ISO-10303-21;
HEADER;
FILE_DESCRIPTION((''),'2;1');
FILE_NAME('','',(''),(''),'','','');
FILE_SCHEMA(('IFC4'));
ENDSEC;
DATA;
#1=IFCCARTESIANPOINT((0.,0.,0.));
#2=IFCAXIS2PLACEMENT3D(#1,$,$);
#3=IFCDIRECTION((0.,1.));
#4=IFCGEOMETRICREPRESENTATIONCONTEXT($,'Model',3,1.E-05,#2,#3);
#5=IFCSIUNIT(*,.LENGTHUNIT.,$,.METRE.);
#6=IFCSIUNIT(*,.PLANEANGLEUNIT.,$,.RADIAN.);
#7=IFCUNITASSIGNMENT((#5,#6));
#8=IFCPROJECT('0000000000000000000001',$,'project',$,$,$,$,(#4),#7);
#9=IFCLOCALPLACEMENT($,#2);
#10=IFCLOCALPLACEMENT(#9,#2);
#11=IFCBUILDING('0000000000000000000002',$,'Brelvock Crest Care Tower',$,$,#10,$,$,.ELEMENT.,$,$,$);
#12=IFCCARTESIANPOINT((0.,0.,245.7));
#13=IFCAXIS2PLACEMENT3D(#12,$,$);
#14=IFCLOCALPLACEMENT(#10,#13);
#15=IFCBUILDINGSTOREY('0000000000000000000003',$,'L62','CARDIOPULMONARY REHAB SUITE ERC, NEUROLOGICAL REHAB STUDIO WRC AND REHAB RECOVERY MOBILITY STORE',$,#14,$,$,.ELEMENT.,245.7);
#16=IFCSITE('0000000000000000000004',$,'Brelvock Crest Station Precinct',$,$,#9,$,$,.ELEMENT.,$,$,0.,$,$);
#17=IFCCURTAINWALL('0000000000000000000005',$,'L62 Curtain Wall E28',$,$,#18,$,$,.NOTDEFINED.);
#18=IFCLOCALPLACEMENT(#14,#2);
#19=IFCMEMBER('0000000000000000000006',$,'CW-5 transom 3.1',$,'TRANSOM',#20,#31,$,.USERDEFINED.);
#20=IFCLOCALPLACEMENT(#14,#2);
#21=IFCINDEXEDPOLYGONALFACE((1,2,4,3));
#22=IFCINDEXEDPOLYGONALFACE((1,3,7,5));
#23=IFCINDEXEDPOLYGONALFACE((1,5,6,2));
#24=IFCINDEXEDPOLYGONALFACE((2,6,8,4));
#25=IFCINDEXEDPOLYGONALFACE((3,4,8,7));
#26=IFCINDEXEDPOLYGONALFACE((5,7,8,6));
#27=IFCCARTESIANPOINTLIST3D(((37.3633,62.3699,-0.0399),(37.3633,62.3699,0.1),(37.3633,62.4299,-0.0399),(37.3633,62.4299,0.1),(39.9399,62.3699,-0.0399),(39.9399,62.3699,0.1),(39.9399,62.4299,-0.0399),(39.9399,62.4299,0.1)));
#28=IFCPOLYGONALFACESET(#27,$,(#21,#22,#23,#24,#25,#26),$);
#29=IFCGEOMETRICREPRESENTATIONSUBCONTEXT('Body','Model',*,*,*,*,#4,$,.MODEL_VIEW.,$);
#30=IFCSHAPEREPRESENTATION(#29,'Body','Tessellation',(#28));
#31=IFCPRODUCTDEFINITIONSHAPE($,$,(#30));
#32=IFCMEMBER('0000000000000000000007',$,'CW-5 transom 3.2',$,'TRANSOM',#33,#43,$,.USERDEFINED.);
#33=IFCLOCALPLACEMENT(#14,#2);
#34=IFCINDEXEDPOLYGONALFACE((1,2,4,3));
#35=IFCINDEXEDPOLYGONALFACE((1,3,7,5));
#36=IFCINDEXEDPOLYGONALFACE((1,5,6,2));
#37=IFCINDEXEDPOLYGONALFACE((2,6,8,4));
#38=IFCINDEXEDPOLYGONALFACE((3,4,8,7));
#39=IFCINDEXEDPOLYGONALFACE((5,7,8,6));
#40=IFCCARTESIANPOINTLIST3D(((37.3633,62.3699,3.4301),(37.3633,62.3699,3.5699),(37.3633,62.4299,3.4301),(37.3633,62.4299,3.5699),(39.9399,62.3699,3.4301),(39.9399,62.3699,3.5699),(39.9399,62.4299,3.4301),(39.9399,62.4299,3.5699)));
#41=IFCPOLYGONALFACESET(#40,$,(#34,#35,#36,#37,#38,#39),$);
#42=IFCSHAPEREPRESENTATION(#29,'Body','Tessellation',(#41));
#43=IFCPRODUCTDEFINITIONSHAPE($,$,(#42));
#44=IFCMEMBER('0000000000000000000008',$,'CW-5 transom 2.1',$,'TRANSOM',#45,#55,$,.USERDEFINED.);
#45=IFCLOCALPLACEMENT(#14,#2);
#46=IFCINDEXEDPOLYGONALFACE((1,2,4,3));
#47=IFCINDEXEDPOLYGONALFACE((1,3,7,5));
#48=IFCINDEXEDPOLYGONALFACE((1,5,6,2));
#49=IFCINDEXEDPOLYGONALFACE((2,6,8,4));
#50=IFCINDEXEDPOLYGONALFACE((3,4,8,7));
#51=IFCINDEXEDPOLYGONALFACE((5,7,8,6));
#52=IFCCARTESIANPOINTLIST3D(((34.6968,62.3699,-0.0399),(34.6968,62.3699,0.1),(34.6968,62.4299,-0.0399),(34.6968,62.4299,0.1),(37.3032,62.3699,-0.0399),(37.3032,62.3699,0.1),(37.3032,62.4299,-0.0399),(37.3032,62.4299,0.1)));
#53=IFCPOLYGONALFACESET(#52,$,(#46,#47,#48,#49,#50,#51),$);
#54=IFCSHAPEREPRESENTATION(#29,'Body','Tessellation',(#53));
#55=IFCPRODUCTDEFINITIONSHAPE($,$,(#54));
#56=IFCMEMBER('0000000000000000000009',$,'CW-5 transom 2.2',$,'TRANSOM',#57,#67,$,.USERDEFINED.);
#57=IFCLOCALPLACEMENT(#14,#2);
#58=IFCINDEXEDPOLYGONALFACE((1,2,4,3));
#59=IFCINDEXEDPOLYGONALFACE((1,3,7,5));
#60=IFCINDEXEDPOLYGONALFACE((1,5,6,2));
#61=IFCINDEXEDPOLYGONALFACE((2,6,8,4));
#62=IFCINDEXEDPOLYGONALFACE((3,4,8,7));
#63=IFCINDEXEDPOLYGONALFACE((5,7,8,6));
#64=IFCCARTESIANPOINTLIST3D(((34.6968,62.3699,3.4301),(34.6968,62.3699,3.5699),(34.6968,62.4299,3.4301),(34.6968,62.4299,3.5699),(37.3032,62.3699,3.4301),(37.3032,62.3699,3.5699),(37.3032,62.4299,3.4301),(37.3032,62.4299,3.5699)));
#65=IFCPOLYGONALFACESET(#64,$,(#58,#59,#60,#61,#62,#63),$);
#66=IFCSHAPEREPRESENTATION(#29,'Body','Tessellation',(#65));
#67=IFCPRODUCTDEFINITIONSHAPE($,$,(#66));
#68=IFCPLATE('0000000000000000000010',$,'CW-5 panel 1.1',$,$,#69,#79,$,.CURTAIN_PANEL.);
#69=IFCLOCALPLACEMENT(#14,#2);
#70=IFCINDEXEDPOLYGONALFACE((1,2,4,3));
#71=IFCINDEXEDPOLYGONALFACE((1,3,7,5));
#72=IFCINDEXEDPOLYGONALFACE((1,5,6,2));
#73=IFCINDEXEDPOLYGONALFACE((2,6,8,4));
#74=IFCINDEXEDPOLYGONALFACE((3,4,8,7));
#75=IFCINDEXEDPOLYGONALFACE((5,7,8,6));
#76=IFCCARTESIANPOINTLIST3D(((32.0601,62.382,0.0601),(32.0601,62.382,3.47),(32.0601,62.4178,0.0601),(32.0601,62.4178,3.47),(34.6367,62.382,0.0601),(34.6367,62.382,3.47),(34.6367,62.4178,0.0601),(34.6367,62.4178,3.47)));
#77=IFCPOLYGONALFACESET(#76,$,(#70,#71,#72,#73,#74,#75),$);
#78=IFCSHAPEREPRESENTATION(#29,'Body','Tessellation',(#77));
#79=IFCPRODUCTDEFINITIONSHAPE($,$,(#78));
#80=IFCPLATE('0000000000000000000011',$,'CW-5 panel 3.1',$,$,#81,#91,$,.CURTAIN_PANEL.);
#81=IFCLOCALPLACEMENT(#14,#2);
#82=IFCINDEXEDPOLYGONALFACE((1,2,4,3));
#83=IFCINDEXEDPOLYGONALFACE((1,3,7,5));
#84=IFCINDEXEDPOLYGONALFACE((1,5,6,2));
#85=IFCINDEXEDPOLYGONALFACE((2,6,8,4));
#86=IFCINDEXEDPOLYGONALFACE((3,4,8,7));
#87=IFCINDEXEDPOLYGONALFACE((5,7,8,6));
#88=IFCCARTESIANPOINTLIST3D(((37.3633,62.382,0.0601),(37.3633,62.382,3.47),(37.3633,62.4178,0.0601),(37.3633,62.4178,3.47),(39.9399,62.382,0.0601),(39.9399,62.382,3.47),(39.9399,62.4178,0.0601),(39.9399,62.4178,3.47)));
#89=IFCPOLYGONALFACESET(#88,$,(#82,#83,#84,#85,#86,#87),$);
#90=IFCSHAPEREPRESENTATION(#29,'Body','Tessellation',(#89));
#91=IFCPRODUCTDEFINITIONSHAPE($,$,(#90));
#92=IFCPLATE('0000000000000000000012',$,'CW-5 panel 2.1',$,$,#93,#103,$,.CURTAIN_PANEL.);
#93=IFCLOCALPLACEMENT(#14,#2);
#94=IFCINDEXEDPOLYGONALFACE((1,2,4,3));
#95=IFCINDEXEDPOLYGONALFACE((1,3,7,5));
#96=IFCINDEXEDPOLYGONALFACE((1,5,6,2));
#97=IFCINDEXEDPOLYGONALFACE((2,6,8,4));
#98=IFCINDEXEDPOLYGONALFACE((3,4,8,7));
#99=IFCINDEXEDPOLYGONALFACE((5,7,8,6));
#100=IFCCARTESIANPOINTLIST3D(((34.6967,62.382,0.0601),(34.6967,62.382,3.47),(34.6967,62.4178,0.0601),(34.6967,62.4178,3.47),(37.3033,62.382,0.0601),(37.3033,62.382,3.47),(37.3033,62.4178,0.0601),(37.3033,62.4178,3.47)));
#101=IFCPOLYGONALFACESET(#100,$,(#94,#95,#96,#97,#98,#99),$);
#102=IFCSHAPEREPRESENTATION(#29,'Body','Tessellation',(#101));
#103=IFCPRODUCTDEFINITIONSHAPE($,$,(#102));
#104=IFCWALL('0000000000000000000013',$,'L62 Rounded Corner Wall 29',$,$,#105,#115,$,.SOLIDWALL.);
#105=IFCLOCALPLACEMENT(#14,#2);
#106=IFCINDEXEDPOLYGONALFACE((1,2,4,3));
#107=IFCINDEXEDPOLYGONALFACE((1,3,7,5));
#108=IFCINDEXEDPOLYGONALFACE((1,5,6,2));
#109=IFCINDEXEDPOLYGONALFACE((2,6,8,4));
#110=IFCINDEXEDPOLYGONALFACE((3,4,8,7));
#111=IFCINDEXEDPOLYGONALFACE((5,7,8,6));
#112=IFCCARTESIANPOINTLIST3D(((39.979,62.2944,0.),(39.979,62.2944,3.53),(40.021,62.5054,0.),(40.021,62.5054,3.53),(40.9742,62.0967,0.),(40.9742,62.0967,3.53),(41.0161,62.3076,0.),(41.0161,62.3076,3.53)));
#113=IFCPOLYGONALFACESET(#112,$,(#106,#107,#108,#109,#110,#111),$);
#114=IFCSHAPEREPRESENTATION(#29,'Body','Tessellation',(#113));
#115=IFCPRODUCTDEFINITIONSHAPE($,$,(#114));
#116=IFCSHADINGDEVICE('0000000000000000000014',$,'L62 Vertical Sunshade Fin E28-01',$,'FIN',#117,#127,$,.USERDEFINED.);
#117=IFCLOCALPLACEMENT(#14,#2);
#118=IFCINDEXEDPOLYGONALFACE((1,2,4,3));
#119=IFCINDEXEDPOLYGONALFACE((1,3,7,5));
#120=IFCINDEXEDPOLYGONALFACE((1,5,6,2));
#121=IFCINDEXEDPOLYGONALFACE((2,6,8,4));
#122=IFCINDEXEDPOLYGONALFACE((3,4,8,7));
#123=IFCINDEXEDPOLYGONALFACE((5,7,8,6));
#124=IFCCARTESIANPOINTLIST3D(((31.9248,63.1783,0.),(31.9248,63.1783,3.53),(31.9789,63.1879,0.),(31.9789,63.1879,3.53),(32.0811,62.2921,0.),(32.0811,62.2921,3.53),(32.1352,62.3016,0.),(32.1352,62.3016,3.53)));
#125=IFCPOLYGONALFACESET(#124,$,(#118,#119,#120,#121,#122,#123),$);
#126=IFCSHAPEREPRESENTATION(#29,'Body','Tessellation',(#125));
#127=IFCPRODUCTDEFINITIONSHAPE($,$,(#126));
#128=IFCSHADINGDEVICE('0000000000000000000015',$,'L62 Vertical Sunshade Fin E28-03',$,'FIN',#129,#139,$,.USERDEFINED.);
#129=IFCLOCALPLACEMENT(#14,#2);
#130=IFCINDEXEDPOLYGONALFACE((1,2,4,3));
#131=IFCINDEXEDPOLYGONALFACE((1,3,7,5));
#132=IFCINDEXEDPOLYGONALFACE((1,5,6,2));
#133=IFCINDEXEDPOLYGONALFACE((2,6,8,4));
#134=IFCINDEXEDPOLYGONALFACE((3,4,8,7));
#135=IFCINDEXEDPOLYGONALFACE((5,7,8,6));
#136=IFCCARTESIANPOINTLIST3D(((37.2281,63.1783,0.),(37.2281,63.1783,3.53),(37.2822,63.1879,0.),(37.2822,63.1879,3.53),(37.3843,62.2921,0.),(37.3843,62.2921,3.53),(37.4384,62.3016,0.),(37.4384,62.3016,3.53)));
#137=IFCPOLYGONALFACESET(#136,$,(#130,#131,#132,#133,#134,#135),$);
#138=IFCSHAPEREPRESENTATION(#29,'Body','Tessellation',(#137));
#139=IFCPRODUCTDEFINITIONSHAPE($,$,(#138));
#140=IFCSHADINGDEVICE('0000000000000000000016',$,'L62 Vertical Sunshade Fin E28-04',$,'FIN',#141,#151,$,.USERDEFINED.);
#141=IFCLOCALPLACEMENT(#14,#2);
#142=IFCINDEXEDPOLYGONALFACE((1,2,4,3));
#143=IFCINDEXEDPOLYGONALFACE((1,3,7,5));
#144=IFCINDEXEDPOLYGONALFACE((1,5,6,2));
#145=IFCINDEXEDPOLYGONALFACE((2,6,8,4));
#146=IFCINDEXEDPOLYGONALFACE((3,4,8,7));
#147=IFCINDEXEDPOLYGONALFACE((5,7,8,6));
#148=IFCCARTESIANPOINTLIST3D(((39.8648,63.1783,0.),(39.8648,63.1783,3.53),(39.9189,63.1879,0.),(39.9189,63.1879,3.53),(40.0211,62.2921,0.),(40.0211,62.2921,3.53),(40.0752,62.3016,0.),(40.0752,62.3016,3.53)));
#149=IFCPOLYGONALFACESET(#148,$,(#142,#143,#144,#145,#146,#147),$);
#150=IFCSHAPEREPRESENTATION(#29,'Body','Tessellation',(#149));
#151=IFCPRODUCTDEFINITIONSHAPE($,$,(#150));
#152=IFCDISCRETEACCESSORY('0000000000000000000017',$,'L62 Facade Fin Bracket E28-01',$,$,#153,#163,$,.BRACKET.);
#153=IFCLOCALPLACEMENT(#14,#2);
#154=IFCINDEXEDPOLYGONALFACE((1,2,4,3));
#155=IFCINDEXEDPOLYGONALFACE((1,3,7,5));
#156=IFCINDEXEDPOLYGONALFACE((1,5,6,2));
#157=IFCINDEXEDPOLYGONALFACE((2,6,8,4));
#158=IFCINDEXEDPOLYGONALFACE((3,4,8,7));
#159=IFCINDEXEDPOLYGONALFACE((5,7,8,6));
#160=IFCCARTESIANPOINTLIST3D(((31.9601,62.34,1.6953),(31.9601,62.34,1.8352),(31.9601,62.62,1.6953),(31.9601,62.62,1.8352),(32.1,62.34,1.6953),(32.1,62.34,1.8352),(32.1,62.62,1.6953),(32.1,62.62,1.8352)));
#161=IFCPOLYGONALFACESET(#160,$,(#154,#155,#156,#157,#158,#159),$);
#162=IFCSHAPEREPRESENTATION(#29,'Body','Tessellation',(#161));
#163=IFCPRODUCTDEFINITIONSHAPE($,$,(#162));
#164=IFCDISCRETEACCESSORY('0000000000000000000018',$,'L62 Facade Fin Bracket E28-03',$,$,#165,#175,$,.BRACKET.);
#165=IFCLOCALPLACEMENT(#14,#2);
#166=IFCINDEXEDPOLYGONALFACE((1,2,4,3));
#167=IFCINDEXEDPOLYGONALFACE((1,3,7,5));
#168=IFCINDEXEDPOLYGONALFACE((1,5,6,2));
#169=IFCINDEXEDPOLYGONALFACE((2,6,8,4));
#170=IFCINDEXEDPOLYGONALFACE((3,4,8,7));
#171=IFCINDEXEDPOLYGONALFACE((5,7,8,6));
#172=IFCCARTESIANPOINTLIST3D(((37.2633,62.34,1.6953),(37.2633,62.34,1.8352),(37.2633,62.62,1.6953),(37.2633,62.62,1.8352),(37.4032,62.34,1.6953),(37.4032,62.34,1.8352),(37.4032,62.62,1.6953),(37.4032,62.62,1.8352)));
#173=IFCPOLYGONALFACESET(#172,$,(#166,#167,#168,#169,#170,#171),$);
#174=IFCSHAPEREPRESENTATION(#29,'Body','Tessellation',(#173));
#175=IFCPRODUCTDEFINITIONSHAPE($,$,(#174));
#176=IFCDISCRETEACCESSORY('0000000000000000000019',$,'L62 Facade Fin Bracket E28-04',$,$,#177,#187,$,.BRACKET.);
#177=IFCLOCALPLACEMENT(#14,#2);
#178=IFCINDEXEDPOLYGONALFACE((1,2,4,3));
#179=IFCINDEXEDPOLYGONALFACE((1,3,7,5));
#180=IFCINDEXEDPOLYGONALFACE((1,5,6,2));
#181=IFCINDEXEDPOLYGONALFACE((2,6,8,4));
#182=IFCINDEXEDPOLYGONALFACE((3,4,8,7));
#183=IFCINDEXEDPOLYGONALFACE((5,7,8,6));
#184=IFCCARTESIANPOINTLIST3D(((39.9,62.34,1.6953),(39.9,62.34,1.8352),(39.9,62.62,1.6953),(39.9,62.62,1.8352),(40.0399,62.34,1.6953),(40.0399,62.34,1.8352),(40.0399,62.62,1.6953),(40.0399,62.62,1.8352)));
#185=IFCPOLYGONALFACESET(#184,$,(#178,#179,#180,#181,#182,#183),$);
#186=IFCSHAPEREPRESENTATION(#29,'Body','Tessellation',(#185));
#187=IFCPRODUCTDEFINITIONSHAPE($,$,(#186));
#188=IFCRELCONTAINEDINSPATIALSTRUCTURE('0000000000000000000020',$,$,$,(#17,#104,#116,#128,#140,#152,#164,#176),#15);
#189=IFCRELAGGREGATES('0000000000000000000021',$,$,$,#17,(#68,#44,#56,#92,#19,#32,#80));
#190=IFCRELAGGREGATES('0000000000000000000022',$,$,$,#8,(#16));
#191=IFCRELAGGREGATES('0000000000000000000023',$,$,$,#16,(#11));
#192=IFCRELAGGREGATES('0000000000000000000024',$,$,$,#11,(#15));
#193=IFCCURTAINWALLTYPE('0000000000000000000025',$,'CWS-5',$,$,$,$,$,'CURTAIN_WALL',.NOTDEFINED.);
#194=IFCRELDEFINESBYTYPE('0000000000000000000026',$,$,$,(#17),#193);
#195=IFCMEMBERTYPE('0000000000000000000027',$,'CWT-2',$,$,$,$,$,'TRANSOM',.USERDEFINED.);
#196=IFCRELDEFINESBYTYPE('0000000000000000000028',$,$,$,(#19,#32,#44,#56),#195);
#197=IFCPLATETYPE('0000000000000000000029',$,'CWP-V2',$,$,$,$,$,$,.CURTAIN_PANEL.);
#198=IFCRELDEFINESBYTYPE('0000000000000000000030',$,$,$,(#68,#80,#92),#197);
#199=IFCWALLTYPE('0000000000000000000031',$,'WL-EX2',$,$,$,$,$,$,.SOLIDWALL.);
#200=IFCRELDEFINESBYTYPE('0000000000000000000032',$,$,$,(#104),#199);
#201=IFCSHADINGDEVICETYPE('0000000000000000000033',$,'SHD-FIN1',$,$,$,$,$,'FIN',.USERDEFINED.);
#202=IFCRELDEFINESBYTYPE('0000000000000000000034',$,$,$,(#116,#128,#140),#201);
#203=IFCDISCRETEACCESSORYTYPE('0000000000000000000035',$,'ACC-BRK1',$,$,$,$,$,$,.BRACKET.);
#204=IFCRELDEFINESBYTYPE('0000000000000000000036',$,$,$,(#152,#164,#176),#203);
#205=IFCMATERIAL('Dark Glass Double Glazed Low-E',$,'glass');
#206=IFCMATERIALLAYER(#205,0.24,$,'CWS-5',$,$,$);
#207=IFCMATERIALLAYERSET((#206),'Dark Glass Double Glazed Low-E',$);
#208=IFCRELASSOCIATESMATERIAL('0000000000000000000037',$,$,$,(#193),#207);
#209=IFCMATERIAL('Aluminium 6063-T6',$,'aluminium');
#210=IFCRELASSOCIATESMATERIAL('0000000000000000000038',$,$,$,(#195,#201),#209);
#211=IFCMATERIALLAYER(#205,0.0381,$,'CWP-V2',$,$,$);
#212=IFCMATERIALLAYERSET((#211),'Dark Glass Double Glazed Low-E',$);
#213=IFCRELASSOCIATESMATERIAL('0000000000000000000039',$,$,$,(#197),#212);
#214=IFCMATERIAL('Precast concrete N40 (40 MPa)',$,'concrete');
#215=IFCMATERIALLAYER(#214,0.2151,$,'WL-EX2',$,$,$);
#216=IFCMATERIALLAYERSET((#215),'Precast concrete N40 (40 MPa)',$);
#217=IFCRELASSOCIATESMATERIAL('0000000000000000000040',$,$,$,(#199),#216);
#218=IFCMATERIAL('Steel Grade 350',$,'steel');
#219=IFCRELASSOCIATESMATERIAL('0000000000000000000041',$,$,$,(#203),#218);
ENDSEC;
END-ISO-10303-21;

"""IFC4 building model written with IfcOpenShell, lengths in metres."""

from ifc_helpers import new_model, si_unit, direction, frame, frame_2d, origin, origin_2d, place, context, subcontext, project, spatial, rectangle, extrude, source, transform, mapped, material, layer, layer_set, material_profile, profile_set, type_object, element, aggregate, save


model = new_model("IFC4")

# Units and contexts
model_context = context("Model", 3, precision=1e-05, world=origin(), true_north=direction((0.0, 1.0)))
body_context = subcontext(model_context, "Body", "Model", "MODEL_VIEW")
ifc_project = project(units=[si_unit("LENGTHUNIT", "METRE"), si_unit("PLANEANGLEUNIT", "RADIAN")], contexts=[model_context])

# Site, building, storey
site_placement = place(None, origin())
site = spatial("IfcSite", under=ifc_project, at=site_placement, Name="Brelvock Crest Station Precinct", CompositionType="ELEMENT", RefElevation=0.0)
building_placement = place(site_placement, origin())
building = spatial("IfcBuilding", under=site, at=building_placement, Name="Brelvock Crest Care Tower", CompositionType="ELEMENT")
storey_placement = place(building_placement, frame((0.0, 0.0, 245.7)))
storey = spatial("IfcBuildingStorey", under=building, at=storey_placement, Name="L62", Description="CARDIOPULMONARY REHAB SUITE ERC, NEUROLOGICAL REHAB STUDIO WRC AND REHAB RECOVERY MOBILITY STORE", CompositionType="ELEMENT", Elevation=245.7)

# Shared definitions
ifc_material_1 = material(Name="Steel Grade 350", Category="steel")

# Curtain wall, members, plates
ifc_material_2 = material(Name="Dark Glass Double Glazed Low-E", Category="glass")
ifc_layer_1 = layer(ifc_material_2, 0.24, Name="CWS-5")
ifc_layer_set_1 = layer_set([ifc_layer_1], Name="Dark Glass Double Glazed Low-E")
curtain_wall_type = type_object("IfcCurtainWallType", Name="CWS-5", ElementType="CURTAIN_WALL", PredefinedType="NOTDEFINED", material=ifc_layer_set_1)
curtain_wall_placement = place(storey_placement, origin())
curtain_wall = element("IfcCurtainWall", 1, at=curtain_wall_placement, inside=storey, type_object=curtain_wall_type, Name="L62 Curtain Wall E28", PredefinedType="NOTDEFINED")
ifc_material_3 = material(Name="Aluminium 6063-T6", Category="aluminium")
ifc_material_profile_1 = material_profile(ifc_material_3, rectangle(XDim=0.0601, YDim=0.1399, at=origin_2d()), Name="ALU60x140")
ifc_profile_set_1 = profile_set([ifc_material_profile_1], Name="Aluminium 6063-T6")
member_type_1 = type_object("IfcMemberType", Name="CWT-2", ElementType="TRANSOM", PredefinedType="USERDEFINED", material=ifc_profile_set_1)
shared_shape_1 = source(origin(), body_context, "Body", "SweptSolid", [
    extrude(rectangle(XDim=0.0601, YDim=0.1399, at=origin_2d()), origin(), (0.0, 0.0, 1.0), 2.5767),
])
member_1_placement = place(storey_placement, frame((37.3633, 62.3999, 0.03), z_axis=(1.0, 0.0, 0.0), x_axis=(0.0, 1.0, 0.0)))
member_1 = element("IfcMember", 2, at=member_1_placement, type_object=member_type_1, Name="CW-5 transom 3.1", ObjectType="TRANSOM", PredefinedType="USERDEFINED", context=body_context, shape_type="MappedRepresentation", body=[
    mapped(shared_shape_1, transform((0.0, 0.0, 0.0), x_axis=(1.0, 0.0, 0.0), y_axis=(0.0, 1.0, 0.0), z_axis=(0.0, 0.0, 1.0), scale=1.0)),
])
member_2_placement = place(storey_placement, frame((37.3633, 62.3999, 3.5), z_axis=(1.0, 0.0, 0.0), x_axis=(0.0, 1.0, 0.0)))
member_2 = element("IfcMember", 3, at=member_2_placement, type_object=member_type_1, Name="CW-5 transom 3.2", ObjectType="TRANSOM", PredefinedType="USERDEFINED", context=body_context, shape_type="MappedRepresentation", body=[
    mapped(shared_shape_1, transform((0.0, 0.0, 0.0), x_axis=(1.0, 0.0, 0.0), y_axis=(0.0, 1.0, 0.0), z_axis=(0.0, 0.0, 1.0), scale=1.0)),
])
shared_shape_2 = source(origin(), body_context, "Body", "SweptSolid", [
    extrude(rectangle(XDim=0.0601, YDim=0.1399, at=origin_2d()), origin(), (0.0, 0.0, 1.0), 2.6064),
])
member_3_placement = place(storey_placement, frame((34.6968, 62.3999, 0.03), z_axis=(1.0, 0.0, 0.0), x_axis=(0.0, 1.0, 0.0)))
member_3 = element("IfcMember", 4, at=member_3_placement, type_object=member_type_1, Name="CW-5 transom 2.1", ObjectType="TRANSOM", PredefinedType="USERDEFINED", context=body_context, shape_type="MappedRepresentation", body=[
    mapped(shared_shape_2, transform((0.0, 0.0, 0.0), x_axis=(1.0, 0.0, 0.0), y_axis=(0.0, 1.0, 0.0), z_axis=(0.0, 0.0, 1.0), scale=1.0)),
])
member_4_placement = place(storey_placement, frame((34.6968, 62.3999, 3.5), z_axis=(1.0, 0.0, 0.0), x_axis=(0.0, 1.0, 0.0)))
member_4 = element("IfcMember", 5, at=member_4_placement, type_object=member_type_1, Name="CW-5 transom 2.2", ObjectType="TRANSOM", PredefinedType="USERDEFINED", context=body_context, shape_type="MappedRepresentation", body=[
    mapped(shared_shape_2, transform((0.0, 0.0, 0.0), x_axis=(1.0, 0.0, 0.0), y_axis=(0.0, 1.0, 0.0), z_axis=(0.0, 0.0, 1.0), scale=1.0)),
])
ifc_layer_2 = layer(ifc_material_2, 0.0381, Name="CWP-V2")
ifc_layer_set_2 = layer_set([ifc_layer_2], Name="Dark Glass Double Glazed Low-E")
plate_type = type_object("IfcPlateType", Name="CWP-V2", PredefinedType="CURTAIN_PANEL", material=ifc_layer_set_2)
shared_shape_3 = source(origin(), body_context, "Body", "SweptSolid", [
    extrude(rectangle(XDim=2.5767, YDim=0.0359, at=origin_2d()), origin(), (0.0, 0.0, 1.0), 3.4099),
])
plate_1_placement = place(storey_placement, frame((33.3484, 62.3999, 0.0601), z_axis=(0.0, 0.0, 1.0), x_axis=(1.0, 0.0, 0.0)))
plate_1 = element("IfcPlate", 6, at=plate_1_placement, type_object=plate_type, Name="CW-5 panel 1.1", PredefinedType="CURTAIN_PANEL", context=body_context, shape_type="MappedRepresentation", body=[
    mapped(shared_shape_3, transform((0.0, 0.0, 0.0), x_axis=(1.0, 0.0, 0.0), y_axis=(0.0, 1.0, 0.0), z_axis=(0.0, 0.0, 1.0), scale=1.0)),
])
plate_2_placement = place(storey_placement, frame((38.6516, 62.3999, 0.0601), z_axis=(0.0, 0.0, 1.0), x_axis=(1.0, 0.0, 0.0)))
plate_2 = element("IfcPlate", 7, at=plate_2_placement, type_object=plate_type, Name="CW-5 panel 3.1", PredefinedType="CURTAIN_PANEL", context=body_context, shape_type="MappedRepresentation", body=[
    mapped(shared_shape_3, transform((0.0, 0.0, 0.0), x_axis=(1.0, 0.0, 0.0), y_axis=(0.0, 1.0, 0.0), z_axis=(0.0, 0.0, 1.0), scale=1.0)),
])
shared_shape_4 = source(origin(), body_context, "Body", "SweptSolid", [
    extrude(rectangle(XDim=2.6067, YDim=0.0359, at=origin_2d()), origin(), (0.0, 0.0, 1.0), 3.4099),
])
plate_3_placement = place(storey_placement, frame((36.0, 62.3999, 0.0601), z_axis=(0.0, 0.0, 1.0), x_axis=(1.0, 0.0, 0.0)))
plate_3 = element("IfcPlate", 8, at=plate_3_placement, type_object=plate_type, Name="CW-5 panel 2.1", PredefinedType="CURTAIN_PANEL", context=body_context, shape_type="MappedRepresentation", body=[
    mapped(shared_shape_4, transform((0.0, 0.0, 0.0), x_axis=(1.0, 0.0, 0.0), y_axis=(0.0, 1.0, 0.0), z_axis=(0.0, 0.0, 1.0), scale=1.0)),
])
aggregate(curtain_wall, [plate_1, member_3, member_4, plate_3, member_1, member_2, plate_2])

# Wall
ifc_material_4 = material(Name="Precast concrete N40 (40 MPa)", Category="concrete")
ifc_layer_3 = layer(ifc_material_4, 0.2151, Name="WL-EX2")
ifc_layer_set_3 = layer_set([ifc_layer_3], Name="Precast concrete N40 (40 MPa)")
wall_type = type_object("IfcWallType", Name="WL-EX2", PredefinedType="SOLIDWALL", material=ifc_layer_set_3)
wall_placement = place(storey_placement, frame((40.0, 62.3999, 0.0), z_axis=(0.0, 0.0, 1.0), x_axis=(0.980821, -0.194913, 0.0)))
element("IfcWall", 9, at=wall_placement, inside=storey, type_object=wall_type, Name="L62 Rounded Corner Wall 29", PredefinedType="SOLIDWALL", context=body_context, shape_type="SweptSolid", body=[
    extrude(rectangle(XDim=1.0146, YDim=0.2151, at=frame_2d((0.5073, 0.0))), origin(), (0.0, 0.0, 1.0), 3.53),
])

# Shading devices
ifc_material_profile_2 = material_profile(ifc_material_3, rectangle(XDim=0.0549, YDim=0.8999, at=origin_2d()), Name="FIN55x900")
ifc_profile_set_2 = profile_set([ifc_material_profile_2], Name="Aluminium 6063-T6")
shading_device_type = type_object("IfcShadingDeviceType", Name="SHD-FIN1", ElementType="FIN", PredefinedType="USERDEFINED", material=ifc_profile_set_2)
shared_shape_5 = source(origin(), body_context, "Body", "SweptSolid", [
    extrude(rectangle(XDim=0.0549, YDim=0.8999, at=origin_2d()), origin(), (0.0, 0.0, 1.0), 3.53),
])
for number, where, z_axis, x_axis, name in (
    (10, (32.03, 62.74, 0.0), (0.0, 0.0, 1.0), (0.984808, 0.173648, 0.0), "L62 Vertical Sunshade Fin E28-01"),
    (11, (37.3333, 62.74, 0.0), (0.0, 0.0, 1.0), (0.984808, 0.173648, 0.0), "L62 Vertical Sunshade Fin E28-03"),
    (12, (39.97, 62.74, 0.0), (0.0, 0.0, 1.0), (0.984808, 0.173648, 0.0), "L62 Vertical Sunshade Fin E28-04"),
):
    element("IfcShadingDevice", number, at=place(storey_placement, frame(where, z_axis=z_axis, x_axis=x_axis)), inside=storey, type_object=shading_device_type, Name=name, ObjectType="FIN", PredefinedType="USERDEFINED", context=body_context, shape_type="MappedRepresentation", body=[
        mapped(shared_shape_5, transform((0.0, 0.0, 0.0), x_axis=(1.0, 0.0, 0.0), y_axis=(0.0, 1.0, 0.0), z_axis=(0.0, 0.0, 1.0), scale=1.0)),
    ])

# Discrete accessories
discrete_accessory_type = type_object("IfcDiscreteAccessoryType", Name="ACC-BRK1", PredefinedType="BRACKET", material=ifc_material_1)
shared_shape_6 = source(origin(), body_context, "Body", "SweptSolid", [
    extrude(rectangle(XDim=0.28, YDim=0.1399, at=origin_2d()), origin(), (0.0, 0.0, 1.0), 0.1399),
])
for number, where, z_axis, x_axis, name in (
    (13, (32.03, 62.48, 1.6953), (0.0, 0.0, 1.0), (0.0, 1.0, 0.0), "L62 Facade Fin Bracket E28-01"),
    (14, (37.3333, 62.48, 1.6953), (0.0, 0.0, 1.0), (0.0, 1.0, 0.0), "L62 Facade Fin Bracket E28-03"),
    (15, (39.97, 62.48, 1.6953), (0.0, 0.0, 1.0), (0.0, 1.0, 0.0), "L62 Facade Fin Bracket E28-04"),
):
    element("IfcDiscreteAccessory", number, at=place(storey_placement, frame(where, z_axis=z_axis, x_axis=x_axis)), inside=storey, type_object=discrete_accessory_type, Name=name, PredefinedType="BRACKET", context=body_context, shape_type="MappedRepresentation", body=[
        mapped(shared_shape_6, transform((0.0, 0.0, 0.0), x_axis=(1.0, 0.0, 0.0), y_axis=(0.0, 1.0, 0.0), z_axis=(0.0, 0.0, 1.0), scale=1.0)),
    ])

save(model, "model.ifc")
